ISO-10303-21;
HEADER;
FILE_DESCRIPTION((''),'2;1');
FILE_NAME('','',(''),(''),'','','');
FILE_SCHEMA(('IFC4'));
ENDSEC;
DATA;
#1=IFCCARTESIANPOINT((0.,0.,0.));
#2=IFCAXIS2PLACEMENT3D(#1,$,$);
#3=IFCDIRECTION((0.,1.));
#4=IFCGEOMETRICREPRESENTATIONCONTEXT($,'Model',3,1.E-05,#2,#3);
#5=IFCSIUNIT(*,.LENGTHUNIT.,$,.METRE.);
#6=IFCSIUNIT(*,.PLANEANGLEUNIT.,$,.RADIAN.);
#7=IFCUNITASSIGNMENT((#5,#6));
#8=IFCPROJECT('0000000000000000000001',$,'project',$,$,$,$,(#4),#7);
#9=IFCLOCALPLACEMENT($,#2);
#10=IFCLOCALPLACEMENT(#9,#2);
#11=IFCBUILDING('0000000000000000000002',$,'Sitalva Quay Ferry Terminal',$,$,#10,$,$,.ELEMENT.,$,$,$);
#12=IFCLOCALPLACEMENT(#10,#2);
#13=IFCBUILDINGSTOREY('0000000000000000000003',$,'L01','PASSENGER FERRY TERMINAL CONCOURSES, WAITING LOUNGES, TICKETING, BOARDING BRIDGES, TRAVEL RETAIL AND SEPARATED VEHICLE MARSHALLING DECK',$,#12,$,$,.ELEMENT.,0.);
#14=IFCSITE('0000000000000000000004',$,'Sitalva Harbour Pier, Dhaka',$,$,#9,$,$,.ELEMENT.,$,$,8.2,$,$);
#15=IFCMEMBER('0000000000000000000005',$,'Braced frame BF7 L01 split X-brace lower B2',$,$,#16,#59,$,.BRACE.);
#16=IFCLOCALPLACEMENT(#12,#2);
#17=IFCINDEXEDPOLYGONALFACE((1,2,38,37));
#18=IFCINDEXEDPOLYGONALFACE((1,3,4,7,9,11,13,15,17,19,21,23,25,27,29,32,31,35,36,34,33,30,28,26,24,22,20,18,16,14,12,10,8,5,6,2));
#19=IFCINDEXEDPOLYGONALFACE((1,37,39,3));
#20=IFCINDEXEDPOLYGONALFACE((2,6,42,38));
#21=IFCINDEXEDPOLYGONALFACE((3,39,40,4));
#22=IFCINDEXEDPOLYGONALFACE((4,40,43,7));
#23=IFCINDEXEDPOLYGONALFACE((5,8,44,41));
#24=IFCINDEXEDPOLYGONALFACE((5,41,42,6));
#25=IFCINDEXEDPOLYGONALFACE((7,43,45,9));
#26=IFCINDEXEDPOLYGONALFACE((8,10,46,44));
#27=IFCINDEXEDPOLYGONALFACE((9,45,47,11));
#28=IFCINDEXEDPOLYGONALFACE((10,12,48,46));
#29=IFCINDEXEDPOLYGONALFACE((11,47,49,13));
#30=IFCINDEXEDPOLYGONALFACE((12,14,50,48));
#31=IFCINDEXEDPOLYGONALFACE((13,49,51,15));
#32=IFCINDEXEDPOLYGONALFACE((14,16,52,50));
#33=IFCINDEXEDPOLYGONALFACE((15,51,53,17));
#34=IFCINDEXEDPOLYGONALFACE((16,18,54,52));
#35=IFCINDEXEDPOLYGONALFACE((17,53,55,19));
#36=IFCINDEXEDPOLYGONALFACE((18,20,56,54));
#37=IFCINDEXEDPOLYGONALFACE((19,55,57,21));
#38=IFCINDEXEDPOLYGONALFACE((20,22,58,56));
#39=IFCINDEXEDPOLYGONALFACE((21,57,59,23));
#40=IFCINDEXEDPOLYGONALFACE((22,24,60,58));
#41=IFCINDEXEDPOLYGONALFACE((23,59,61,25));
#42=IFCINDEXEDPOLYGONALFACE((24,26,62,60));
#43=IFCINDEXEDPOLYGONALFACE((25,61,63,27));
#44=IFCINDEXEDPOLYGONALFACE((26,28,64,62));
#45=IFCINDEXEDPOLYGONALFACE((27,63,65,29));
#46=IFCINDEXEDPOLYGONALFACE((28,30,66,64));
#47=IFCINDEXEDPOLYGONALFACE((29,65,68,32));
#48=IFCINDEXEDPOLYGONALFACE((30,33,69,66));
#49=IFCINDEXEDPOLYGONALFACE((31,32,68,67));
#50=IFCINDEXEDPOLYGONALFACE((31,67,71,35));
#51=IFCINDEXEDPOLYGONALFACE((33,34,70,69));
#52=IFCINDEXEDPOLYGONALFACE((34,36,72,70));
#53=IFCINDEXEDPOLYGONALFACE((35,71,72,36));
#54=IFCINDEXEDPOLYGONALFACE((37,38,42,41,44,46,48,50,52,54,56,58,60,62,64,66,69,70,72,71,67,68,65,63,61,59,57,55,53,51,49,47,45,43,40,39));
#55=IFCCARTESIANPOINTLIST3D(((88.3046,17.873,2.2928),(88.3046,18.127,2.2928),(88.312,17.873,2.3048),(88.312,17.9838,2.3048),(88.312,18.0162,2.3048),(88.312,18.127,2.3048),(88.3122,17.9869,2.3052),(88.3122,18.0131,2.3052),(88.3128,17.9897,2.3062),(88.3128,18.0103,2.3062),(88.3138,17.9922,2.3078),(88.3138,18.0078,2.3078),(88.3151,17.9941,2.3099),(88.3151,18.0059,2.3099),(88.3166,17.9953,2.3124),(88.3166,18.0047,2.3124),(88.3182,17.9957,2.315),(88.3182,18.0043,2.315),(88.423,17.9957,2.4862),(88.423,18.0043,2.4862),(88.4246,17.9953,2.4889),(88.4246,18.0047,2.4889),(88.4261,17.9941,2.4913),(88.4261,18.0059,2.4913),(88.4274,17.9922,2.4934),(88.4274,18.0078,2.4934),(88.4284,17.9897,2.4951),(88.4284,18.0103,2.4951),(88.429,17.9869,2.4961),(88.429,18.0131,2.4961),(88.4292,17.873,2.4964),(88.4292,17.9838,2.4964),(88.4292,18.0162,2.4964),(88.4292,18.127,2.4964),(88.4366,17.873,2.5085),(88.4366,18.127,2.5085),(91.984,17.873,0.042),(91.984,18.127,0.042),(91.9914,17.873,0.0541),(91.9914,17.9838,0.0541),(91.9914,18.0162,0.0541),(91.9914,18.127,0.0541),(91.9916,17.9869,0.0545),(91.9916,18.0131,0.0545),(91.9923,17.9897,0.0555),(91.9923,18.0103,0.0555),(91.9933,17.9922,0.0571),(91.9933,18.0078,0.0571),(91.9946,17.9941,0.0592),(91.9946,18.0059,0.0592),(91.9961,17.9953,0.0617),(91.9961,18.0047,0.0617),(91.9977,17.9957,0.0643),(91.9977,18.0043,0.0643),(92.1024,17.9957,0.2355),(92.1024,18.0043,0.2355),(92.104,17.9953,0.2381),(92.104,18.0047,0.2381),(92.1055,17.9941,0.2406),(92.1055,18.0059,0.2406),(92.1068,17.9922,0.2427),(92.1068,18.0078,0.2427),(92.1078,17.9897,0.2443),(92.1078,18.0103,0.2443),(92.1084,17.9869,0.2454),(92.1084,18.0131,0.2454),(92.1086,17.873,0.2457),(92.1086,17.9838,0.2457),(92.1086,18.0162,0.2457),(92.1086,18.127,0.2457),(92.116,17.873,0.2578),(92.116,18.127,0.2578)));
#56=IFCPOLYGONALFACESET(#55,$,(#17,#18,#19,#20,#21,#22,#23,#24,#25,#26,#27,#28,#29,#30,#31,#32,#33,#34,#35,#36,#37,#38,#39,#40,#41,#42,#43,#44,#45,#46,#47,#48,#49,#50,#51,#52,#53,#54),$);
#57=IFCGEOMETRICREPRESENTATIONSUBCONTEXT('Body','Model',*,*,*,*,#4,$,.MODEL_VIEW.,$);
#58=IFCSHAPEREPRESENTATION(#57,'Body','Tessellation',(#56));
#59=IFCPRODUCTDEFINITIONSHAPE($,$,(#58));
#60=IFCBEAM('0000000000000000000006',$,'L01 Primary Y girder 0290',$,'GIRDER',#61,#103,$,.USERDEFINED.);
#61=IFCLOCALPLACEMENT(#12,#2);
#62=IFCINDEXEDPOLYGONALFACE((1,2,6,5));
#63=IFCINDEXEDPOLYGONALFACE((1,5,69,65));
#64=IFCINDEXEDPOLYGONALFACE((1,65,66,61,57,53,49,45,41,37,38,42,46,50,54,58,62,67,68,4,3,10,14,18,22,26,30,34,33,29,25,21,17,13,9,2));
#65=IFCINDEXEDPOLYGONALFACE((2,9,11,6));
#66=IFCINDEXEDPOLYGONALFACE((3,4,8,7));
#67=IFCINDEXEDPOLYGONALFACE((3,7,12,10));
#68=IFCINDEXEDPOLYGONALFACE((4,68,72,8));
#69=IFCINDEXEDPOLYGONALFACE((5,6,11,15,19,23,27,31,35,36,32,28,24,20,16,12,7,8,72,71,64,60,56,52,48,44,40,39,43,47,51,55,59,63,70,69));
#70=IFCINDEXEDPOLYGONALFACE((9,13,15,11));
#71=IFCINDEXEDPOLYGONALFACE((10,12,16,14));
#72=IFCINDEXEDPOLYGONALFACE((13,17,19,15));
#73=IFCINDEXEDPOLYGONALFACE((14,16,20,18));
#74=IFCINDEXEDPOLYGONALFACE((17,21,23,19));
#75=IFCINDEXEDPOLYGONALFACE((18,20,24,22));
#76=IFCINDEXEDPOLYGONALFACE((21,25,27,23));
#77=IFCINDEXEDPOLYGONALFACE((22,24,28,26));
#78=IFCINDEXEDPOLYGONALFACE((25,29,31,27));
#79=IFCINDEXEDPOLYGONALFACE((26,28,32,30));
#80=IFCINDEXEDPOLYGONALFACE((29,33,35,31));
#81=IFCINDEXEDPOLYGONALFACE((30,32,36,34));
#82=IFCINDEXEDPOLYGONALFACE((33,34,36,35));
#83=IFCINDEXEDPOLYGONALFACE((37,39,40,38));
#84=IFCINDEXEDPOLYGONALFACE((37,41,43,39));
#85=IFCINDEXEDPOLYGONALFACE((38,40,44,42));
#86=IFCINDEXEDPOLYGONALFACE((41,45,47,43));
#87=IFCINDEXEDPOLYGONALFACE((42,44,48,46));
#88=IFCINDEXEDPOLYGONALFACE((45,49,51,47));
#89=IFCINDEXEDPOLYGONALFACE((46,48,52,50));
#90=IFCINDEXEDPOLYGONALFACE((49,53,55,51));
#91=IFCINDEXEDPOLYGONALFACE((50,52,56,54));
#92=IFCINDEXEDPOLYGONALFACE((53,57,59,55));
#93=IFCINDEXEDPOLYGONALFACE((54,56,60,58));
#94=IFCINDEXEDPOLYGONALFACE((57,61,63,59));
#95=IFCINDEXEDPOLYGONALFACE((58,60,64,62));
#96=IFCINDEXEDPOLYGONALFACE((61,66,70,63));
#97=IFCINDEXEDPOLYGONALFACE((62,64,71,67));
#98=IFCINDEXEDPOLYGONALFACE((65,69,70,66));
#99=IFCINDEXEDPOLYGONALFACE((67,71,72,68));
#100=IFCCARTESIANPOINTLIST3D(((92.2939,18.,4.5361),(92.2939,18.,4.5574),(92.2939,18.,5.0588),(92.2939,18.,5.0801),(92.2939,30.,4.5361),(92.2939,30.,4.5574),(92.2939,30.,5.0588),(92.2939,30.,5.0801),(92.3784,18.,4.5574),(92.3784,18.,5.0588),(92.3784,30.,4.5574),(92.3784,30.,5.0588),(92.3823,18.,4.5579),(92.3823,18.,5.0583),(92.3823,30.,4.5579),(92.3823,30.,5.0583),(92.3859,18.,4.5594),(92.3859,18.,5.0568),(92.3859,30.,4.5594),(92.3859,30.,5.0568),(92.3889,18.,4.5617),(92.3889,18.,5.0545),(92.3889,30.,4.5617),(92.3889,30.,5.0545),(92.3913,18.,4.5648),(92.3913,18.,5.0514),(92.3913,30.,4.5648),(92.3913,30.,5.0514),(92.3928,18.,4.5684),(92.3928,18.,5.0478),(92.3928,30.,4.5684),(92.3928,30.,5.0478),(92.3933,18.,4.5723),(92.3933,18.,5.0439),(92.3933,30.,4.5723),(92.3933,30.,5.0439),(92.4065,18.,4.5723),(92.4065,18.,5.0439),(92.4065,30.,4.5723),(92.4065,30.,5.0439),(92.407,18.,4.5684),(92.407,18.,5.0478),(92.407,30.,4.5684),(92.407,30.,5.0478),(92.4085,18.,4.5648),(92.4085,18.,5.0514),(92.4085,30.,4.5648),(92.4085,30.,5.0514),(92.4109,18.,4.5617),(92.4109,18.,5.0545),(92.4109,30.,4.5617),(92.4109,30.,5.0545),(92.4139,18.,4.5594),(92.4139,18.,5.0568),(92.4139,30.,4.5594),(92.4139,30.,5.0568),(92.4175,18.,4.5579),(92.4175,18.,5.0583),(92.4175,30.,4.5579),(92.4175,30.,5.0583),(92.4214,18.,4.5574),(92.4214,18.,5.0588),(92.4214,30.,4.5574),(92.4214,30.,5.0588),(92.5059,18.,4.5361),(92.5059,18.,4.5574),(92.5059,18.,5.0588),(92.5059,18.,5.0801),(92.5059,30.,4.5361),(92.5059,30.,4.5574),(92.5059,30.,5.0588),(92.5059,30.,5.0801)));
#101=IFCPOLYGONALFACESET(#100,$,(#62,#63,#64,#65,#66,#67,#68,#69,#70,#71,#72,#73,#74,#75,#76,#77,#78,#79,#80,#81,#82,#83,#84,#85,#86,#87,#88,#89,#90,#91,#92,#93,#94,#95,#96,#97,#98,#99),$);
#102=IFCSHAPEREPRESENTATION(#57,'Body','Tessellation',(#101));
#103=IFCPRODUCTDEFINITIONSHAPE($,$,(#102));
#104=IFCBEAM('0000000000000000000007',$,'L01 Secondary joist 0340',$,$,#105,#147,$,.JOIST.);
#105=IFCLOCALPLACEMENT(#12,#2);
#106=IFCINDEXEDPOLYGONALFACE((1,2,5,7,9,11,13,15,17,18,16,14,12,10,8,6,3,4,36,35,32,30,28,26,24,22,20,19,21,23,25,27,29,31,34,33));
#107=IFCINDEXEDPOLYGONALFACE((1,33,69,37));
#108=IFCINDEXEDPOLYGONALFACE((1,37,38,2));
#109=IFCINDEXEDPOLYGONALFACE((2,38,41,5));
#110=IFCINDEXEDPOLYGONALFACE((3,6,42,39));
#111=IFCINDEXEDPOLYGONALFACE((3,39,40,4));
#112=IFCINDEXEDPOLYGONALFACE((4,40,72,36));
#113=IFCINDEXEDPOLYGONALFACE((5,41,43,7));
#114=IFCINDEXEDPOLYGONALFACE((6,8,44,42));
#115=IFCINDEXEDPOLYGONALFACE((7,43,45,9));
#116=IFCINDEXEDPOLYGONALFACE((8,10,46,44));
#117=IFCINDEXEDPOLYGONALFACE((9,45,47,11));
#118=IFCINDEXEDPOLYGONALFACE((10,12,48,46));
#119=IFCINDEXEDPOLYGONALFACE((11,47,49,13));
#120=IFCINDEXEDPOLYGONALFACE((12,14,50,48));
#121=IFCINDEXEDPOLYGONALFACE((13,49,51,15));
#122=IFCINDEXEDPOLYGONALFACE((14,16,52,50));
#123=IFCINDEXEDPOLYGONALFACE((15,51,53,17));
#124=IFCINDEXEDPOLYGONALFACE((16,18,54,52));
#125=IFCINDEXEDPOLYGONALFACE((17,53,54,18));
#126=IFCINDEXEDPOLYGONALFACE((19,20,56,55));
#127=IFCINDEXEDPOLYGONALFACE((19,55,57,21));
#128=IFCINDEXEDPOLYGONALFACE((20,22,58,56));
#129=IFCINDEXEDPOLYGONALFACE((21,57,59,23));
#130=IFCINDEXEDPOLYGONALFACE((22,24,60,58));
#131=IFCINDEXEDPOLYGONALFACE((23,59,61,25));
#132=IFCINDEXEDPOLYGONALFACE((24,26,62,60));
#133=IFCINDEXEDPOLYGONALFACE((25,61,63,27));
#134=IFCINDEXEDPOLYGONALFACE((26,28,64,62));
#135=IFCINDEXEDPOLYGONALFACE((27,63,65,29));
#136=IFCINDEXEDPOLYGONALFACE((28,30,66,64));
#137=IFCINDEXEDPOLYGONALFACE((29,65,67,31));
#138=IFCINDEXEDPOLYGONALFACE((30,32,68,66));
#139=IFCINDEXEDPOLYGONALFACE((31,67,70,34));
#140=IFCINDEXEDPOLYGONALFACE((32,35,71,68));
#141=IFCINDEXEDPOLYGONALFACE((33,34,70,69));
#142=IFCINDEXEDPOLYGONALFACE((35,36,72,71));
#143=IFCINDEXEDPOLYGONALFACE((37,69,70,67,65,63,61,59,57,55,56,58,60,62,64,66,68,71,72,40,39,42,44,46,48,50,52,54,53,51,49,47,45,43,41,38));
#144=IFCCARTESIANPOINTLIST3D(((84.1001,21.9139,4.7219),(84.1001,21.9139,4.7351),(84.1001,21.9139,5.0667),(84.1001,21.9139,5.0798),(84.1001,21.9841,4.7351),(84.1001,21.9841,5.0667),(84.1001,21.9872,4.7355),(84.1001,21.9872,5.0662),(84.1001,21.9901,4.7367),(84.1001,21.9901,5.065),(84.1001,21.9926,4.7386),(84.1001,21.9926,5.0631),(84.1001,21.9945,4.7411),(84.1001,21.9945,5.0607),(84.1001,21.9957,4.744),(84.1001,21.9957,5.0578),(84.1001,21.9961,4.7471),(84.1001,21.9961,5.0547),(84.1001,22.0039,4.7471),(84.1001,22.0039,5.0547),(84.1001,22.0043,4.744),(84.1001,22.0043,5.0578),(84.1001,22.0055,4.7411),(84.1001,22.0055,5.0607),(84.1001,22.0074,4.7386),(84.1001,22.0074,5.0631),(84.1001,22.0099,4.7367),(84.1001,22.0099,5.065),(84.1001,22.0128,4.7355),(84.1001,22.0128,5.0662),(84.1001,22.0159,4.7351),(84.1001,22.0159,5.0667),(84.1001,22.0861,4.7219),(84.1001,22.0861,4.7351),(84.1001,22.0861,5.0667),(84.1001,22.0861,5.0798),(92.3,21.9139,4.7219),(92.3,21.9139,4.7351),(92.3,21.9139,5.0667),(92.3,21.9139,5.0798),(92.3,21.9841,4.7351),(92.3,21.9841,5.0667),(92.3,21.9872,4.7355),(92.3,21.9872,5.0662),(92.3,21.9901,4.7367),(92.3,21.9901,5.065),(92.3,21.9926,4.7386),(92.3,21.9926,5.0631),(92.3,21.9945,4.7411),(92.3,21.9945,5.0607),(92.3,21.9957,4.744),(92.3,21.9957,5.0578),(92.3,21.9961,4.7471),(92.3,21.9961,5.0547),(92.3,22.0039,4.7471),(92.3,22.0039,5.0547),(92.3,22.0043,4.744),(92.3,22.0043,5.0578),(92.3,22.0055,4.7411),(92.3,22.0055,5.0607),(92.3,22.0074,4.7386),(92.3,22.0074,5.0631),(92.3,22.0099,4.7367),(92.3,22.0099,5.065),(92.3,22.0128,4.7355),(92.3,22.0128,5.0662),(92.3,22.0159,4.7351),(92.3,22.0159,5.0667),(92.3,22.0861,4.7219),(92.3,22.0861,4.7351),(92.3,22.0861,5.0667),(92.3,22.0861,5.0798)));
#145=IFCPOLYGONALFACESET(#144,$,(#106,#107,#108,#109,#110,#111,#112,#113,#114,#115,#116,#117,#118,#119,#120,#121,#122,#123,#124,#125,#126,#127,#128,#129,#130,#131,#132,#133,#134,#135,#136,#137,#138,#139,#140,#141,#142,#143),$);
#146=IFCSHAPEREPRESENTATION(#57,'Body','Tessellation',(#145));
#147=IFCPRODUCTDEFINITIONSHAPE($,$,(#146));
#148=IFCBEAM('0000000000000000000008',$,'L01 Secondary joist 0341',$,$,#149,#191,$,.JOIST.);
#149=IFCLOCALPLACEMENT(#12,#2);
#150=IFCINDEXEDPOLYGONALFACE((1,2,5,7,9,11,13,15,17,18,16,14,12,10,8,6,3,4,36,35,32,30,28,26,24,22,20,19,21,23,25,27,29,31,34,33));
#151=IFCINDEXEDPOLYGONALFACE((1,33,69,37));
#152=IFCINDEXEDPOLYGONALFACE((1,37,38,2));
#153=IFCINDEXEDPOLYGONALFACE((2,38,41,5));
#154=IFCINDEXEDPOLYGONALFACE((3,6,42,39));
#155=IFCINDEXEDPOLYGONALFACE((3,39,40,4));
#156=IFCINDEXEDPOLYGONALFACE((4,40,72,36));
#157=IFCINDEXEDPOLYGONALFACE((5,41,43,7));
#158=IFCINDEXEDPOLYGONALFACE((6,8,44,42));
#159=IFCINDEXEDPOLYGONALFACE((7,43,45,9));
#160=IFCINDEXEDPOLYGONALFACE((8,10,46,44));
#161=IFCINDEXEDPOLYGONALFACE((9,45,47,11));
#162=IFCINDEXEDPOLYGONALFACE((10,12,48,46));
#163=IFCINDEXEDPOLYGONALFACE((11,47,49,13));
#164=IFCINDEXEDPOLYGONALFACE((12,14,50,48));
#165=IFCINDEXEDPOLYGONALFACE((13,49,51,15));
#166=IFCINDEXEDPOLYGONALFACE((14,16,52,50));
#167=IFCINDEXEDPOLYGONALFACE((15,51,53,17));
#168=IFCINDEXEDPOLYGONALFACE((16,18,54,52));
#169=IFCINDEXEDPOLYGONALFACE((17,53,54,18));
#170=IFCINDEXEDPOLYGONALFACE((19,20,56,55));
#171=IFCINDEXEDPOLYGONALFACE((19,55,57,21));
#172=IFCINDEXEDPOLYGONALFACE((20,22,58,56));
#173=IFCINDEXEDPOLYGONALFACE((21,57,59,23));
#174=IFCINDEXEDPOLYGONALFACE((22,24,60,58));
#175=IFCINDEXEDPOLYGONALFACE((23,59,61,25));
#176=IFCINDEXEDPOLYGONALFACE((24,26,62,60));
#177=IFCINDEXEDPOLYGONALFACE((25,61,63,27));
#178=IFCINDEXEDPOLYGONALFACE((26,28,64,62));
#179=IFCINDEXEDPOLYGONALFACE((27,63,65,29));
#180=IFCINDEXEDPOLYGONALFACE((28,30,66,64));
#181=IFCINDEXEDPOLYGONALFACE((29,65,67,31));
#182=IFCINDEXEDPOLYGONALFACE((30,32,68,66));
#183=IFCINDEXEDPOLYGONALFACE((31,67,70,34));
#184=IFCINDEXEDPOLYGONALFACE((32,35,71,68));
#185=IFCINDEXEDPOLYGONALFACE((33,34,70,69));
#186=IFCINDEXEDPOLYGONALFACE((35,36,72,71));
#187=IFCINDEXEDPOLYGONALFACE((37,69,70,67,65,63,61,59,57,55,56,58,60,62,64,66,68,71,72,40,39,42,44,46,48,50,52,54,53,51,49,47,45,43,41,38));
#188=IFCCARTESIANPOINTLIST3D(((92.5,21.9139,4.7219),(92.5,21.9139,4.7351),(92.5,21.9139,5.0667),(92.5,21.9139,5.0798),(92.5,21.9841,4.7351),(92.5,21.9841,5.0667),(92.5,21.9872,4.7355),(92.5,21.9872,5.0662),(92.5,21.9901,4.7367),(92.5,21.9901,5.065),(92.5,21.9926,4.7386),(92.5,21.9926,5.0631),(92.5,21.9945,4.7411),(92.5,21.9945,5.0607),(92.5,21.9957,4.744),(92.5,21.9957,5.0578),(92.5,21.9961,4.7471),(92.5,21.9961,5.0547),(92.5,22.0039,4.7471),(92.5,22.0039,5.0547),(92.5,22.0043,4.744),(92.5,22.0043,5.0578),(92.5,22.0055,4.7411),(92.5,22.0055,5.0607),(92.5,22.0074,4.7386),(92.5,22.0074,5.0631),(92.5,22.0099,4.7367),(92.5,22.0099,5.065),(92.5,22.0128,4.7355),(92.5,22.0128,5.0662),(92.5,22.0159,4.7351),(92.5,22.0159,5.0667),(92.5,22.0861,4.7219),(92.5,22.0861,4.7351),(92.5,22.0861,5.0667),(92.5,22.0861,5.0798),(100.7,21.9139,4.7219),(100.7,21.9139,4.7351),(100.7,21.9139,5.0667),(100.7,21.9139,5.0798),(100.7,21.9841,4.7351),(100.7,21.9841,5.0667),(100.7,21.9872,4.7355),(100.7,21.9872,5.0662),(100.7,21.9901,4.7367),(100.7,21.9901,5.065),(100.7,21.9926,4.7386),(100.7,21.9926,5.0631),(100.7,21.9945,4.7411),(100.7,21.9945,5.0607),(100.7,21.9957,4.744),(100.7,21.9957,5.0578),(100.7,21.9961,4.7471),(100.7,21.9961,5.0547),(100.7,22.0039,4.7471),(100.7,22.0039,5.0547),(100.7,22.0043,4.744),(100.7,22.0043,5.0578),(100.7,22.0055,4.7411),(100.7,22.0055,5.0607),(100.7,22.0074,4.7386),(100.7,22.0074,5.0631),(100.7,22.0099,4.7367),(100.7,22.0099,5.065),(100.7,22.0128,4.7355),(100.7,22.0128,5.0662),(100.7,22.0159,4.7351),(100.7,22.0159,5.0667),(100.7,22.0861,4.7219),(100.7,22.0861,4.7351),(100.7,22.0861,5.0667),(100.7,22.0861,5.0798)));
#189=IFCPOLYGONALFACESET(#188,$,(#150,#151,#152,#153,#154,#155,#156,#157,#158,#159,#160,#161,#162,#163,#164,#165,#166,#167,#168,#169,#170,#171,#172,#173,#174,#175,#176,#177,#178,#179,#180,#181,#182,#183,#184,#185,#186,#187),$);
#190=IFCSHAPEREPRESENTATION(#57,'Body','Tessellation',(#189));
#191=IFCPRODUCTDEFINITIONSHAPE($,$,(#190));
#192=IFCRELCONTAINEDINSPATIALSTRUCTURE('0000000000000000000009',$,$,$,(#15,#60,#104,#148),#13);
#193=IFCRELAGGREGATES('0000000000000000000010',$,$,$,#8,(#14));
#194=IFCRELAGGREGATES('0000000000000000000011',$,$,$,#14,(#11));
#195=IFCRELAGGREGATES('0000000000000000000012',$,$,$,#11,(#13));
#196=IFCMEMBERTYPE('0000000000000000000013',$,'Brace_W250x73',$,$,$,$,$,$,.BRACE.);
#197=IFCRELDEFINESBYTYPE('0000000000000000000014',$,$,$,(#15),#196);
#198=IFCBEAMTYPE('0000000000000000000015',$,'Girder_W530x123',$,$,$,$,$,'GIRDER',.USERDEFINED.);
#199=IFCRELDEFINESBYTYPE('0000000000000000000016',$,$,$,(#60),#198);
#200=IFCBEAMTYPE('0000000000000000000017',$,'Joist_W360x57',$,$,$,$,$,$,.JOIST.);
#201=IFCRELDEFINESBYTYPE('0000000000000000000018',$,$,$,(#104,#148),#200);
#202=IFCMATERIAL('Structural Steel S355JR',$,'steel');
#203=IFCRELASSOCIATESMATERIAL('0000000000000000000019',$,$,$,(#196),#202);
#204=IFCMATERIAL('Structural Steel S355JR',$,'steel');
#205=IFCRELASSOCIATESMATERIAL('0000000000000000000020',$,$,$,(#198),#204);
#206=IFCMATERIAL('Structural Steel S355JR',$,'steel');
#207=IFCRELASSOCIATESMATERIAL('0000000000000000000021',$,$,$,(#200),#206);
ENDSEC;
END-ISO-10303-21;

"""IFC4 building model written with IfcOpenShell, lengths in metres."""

from ifc_helpers import new_model, si_unit, direction, frame, origin, origin_2d, place, context, subcontext, project, spatial, i_section, extrude, material, material_profile, profile_set, type_object, element, save


model = new_model("IFC4")

# Units and contexts
model_context = context("Model", 3, precision=1e-05, world=origin(), true_north=direction((0.0, 1.0)))
body_context = subcontext(model_context, "Body", "Model", "MODEL_VIEW")
ifc_project = project(units=[si_unit("LENGTHUNIT", "METRE"), si_unit("PLANEANGLEUNIT", "RADIAN")], contexts=[model_context])

# Site, building, storey
site_placement = place(None, origin())
site = spatial("IfcSite", under=ifc_project, at=site_placement, Name="Sitalva Harbour Pier, Dhaka", CompositionType="ELEMENT", RefElevation=8.2)
building_placement = place(site_placement, origin())
building = spatial("IfcBuilding", under=site, at=building_placement, Name="Sitalva Quay Ferry Terminal", CompositionType="ELEMENT")
storey_placement = place(building_placement, origin())
storey = spatial("IfcBuildingStorey", under=building, at=storey_placement, Name="L01", Description="PASSENGER FERRY TERMINAL CONCOURSES, WAITING LOUNGES, TICKETING, BOARDING BRIDGES, TRAVEL RETAIL AND SEPARATED VEHICLE MARSHALLING DECK", CompositionType="ELEMENT", Elevation=0.0)

# Member
ifc_material_1 = material(Name="Structural Steel S355JR", Category="steel")
ifc_material_profile_1 = material_profile(ifc_material_1, i_section(OverallWidth=0.2539, OverallDepth=0.2529, WebThickness=0.0085, FlangeThickness=0.0142, FilletRadius=0.012, at=origin_2d()), Name="W250x73")
ifc_profile_set_1 = profile_set([ifc_material_profile_1], Name="Structural Steel S355JR")
member_type = type_object("IfcMemberType", Name="Brace_W250x73", PredefinedType="BRACE", material=ifc_profile_set_1)
member_1_placement = place(storey_placement, frame((88.3706, 18.0, 2.4006), z_axis=(0.853056, 0.0, -0.521819), x_axis=(0.0, 1.0, 0.0)))
element("IfcMember", 1, at=member_1_placement, inside=storey, type_object=member_type, Name="Braced frame BF7 L01 split X-brace lower B2", PredefinedType="BRACE", context=body_context, shape_type="SweptSolid", body=[
    extrude(i_section(OverallWidth=0.2539, OverallDepth=0.2529, WebThickness=0.0085, FlangeThickness=0.0142, FilletRadius=0.012, at=origin_2d()), origin(), (0.0, 0.0, 1.0), 4.3132),
])

# Beams
ifc_material_2 = material(Name="Structural Steel S355JR", Category="steel")
ifc_material_profile_2 = material_profile(ifc_material_2, i_section(OverallWidth=0.2119, OverallDepth=0.5439, WebThickness=0.0132, FlangeThickness=0.0212, FilletRadius=0.0149, at=origin_2d()), Name="W530x123")
ifc_profile_set_2 = profile_set([ifc_material_profile_2], Name="Structural Steel S355JR")
beam_type_1 = type_object("IfcBeamType", Name="Girder_W530x123", ElementType="GIRDER", PredefinedType="USERDEFINED", material=ifc_profile_set_2)
beam_1_placement = place(storey_placement, frame((92.3999, 18.0, 4.8081), z_axis=(0.0, 1.0, 0.0), x_axis=(-1.0, 0.0, 0.0)))
element("IfcBeam", 2, at=beam_1_placement, inside=storey, type_object=beam_type_1, Name="L01 Primary Y girder 0290", ObjectType="GIRDER", PredefinedType="USERDEFINED", context=body_context, shape_type="SweptSolid", body=[
    extrude(i_section(OverallWidth=0.2119, OverallDepth=0.5439, WebThickness=0.0132, FlangeThickness=0.0212, FilletRadius=0.0149, at=origin_2d()), origin(), (0.0, 0.0, 1.0), 12.0),
])
ifc_material_3 = material(Name="Structural Steel S355JR", Category="steel")
ifc_material_profile_3 = material_profile(ifc_material_3, i_section(OverallWidth=0.1721, OverallDepth=0.3579, WebThickness=0.0078, FlangeThickness=0.0132, FilletRadius=0.012, at=origin_2d()), Name="W360x57")
ifc_profile_set_3 = profile_set([ifc_material_profile_3], Name="Structural Steel S355JR")
beam_type_2 = type_object("IfcBeamType", Name="Joist_W360x57", PredefinedType="JOIST", material=ifc_profile_set_3)
for number, where, z_axis, x_axis, name in (
    (3, (84.1001, 22.0, 4.9009), (1.0, 0.0, 0.0), (0.0, 1.0, 0.0), "L01 Secondary joist 0340"),
    (4, (92.5, 22.0, 4.9009), (1.0, 0.0, 0.0), (0.0, 1.0, 0.0), "L01 Secondary joist 0341"),
):
    element("IfcBeam", number, at=place(storey_placement, frame(where, z_axis=z_axis, x_axis=x_axis)), inside=storey, type_object=beam_type_2, Name=name, PredefinedType="JOIST", context=body_context, shape_type="SweptSolid", body=[
        extrude(i_section(OverallWidth=0.1721, OverallDepth=0.3579, WebThickness=0.0078, FlangeThickness=0.0132, FilletRadius=0.012, at=origin_2d()), origin(), (0.0, 0.0, 1.0), 8.2),
    ])

save(model, "model.ifc")
